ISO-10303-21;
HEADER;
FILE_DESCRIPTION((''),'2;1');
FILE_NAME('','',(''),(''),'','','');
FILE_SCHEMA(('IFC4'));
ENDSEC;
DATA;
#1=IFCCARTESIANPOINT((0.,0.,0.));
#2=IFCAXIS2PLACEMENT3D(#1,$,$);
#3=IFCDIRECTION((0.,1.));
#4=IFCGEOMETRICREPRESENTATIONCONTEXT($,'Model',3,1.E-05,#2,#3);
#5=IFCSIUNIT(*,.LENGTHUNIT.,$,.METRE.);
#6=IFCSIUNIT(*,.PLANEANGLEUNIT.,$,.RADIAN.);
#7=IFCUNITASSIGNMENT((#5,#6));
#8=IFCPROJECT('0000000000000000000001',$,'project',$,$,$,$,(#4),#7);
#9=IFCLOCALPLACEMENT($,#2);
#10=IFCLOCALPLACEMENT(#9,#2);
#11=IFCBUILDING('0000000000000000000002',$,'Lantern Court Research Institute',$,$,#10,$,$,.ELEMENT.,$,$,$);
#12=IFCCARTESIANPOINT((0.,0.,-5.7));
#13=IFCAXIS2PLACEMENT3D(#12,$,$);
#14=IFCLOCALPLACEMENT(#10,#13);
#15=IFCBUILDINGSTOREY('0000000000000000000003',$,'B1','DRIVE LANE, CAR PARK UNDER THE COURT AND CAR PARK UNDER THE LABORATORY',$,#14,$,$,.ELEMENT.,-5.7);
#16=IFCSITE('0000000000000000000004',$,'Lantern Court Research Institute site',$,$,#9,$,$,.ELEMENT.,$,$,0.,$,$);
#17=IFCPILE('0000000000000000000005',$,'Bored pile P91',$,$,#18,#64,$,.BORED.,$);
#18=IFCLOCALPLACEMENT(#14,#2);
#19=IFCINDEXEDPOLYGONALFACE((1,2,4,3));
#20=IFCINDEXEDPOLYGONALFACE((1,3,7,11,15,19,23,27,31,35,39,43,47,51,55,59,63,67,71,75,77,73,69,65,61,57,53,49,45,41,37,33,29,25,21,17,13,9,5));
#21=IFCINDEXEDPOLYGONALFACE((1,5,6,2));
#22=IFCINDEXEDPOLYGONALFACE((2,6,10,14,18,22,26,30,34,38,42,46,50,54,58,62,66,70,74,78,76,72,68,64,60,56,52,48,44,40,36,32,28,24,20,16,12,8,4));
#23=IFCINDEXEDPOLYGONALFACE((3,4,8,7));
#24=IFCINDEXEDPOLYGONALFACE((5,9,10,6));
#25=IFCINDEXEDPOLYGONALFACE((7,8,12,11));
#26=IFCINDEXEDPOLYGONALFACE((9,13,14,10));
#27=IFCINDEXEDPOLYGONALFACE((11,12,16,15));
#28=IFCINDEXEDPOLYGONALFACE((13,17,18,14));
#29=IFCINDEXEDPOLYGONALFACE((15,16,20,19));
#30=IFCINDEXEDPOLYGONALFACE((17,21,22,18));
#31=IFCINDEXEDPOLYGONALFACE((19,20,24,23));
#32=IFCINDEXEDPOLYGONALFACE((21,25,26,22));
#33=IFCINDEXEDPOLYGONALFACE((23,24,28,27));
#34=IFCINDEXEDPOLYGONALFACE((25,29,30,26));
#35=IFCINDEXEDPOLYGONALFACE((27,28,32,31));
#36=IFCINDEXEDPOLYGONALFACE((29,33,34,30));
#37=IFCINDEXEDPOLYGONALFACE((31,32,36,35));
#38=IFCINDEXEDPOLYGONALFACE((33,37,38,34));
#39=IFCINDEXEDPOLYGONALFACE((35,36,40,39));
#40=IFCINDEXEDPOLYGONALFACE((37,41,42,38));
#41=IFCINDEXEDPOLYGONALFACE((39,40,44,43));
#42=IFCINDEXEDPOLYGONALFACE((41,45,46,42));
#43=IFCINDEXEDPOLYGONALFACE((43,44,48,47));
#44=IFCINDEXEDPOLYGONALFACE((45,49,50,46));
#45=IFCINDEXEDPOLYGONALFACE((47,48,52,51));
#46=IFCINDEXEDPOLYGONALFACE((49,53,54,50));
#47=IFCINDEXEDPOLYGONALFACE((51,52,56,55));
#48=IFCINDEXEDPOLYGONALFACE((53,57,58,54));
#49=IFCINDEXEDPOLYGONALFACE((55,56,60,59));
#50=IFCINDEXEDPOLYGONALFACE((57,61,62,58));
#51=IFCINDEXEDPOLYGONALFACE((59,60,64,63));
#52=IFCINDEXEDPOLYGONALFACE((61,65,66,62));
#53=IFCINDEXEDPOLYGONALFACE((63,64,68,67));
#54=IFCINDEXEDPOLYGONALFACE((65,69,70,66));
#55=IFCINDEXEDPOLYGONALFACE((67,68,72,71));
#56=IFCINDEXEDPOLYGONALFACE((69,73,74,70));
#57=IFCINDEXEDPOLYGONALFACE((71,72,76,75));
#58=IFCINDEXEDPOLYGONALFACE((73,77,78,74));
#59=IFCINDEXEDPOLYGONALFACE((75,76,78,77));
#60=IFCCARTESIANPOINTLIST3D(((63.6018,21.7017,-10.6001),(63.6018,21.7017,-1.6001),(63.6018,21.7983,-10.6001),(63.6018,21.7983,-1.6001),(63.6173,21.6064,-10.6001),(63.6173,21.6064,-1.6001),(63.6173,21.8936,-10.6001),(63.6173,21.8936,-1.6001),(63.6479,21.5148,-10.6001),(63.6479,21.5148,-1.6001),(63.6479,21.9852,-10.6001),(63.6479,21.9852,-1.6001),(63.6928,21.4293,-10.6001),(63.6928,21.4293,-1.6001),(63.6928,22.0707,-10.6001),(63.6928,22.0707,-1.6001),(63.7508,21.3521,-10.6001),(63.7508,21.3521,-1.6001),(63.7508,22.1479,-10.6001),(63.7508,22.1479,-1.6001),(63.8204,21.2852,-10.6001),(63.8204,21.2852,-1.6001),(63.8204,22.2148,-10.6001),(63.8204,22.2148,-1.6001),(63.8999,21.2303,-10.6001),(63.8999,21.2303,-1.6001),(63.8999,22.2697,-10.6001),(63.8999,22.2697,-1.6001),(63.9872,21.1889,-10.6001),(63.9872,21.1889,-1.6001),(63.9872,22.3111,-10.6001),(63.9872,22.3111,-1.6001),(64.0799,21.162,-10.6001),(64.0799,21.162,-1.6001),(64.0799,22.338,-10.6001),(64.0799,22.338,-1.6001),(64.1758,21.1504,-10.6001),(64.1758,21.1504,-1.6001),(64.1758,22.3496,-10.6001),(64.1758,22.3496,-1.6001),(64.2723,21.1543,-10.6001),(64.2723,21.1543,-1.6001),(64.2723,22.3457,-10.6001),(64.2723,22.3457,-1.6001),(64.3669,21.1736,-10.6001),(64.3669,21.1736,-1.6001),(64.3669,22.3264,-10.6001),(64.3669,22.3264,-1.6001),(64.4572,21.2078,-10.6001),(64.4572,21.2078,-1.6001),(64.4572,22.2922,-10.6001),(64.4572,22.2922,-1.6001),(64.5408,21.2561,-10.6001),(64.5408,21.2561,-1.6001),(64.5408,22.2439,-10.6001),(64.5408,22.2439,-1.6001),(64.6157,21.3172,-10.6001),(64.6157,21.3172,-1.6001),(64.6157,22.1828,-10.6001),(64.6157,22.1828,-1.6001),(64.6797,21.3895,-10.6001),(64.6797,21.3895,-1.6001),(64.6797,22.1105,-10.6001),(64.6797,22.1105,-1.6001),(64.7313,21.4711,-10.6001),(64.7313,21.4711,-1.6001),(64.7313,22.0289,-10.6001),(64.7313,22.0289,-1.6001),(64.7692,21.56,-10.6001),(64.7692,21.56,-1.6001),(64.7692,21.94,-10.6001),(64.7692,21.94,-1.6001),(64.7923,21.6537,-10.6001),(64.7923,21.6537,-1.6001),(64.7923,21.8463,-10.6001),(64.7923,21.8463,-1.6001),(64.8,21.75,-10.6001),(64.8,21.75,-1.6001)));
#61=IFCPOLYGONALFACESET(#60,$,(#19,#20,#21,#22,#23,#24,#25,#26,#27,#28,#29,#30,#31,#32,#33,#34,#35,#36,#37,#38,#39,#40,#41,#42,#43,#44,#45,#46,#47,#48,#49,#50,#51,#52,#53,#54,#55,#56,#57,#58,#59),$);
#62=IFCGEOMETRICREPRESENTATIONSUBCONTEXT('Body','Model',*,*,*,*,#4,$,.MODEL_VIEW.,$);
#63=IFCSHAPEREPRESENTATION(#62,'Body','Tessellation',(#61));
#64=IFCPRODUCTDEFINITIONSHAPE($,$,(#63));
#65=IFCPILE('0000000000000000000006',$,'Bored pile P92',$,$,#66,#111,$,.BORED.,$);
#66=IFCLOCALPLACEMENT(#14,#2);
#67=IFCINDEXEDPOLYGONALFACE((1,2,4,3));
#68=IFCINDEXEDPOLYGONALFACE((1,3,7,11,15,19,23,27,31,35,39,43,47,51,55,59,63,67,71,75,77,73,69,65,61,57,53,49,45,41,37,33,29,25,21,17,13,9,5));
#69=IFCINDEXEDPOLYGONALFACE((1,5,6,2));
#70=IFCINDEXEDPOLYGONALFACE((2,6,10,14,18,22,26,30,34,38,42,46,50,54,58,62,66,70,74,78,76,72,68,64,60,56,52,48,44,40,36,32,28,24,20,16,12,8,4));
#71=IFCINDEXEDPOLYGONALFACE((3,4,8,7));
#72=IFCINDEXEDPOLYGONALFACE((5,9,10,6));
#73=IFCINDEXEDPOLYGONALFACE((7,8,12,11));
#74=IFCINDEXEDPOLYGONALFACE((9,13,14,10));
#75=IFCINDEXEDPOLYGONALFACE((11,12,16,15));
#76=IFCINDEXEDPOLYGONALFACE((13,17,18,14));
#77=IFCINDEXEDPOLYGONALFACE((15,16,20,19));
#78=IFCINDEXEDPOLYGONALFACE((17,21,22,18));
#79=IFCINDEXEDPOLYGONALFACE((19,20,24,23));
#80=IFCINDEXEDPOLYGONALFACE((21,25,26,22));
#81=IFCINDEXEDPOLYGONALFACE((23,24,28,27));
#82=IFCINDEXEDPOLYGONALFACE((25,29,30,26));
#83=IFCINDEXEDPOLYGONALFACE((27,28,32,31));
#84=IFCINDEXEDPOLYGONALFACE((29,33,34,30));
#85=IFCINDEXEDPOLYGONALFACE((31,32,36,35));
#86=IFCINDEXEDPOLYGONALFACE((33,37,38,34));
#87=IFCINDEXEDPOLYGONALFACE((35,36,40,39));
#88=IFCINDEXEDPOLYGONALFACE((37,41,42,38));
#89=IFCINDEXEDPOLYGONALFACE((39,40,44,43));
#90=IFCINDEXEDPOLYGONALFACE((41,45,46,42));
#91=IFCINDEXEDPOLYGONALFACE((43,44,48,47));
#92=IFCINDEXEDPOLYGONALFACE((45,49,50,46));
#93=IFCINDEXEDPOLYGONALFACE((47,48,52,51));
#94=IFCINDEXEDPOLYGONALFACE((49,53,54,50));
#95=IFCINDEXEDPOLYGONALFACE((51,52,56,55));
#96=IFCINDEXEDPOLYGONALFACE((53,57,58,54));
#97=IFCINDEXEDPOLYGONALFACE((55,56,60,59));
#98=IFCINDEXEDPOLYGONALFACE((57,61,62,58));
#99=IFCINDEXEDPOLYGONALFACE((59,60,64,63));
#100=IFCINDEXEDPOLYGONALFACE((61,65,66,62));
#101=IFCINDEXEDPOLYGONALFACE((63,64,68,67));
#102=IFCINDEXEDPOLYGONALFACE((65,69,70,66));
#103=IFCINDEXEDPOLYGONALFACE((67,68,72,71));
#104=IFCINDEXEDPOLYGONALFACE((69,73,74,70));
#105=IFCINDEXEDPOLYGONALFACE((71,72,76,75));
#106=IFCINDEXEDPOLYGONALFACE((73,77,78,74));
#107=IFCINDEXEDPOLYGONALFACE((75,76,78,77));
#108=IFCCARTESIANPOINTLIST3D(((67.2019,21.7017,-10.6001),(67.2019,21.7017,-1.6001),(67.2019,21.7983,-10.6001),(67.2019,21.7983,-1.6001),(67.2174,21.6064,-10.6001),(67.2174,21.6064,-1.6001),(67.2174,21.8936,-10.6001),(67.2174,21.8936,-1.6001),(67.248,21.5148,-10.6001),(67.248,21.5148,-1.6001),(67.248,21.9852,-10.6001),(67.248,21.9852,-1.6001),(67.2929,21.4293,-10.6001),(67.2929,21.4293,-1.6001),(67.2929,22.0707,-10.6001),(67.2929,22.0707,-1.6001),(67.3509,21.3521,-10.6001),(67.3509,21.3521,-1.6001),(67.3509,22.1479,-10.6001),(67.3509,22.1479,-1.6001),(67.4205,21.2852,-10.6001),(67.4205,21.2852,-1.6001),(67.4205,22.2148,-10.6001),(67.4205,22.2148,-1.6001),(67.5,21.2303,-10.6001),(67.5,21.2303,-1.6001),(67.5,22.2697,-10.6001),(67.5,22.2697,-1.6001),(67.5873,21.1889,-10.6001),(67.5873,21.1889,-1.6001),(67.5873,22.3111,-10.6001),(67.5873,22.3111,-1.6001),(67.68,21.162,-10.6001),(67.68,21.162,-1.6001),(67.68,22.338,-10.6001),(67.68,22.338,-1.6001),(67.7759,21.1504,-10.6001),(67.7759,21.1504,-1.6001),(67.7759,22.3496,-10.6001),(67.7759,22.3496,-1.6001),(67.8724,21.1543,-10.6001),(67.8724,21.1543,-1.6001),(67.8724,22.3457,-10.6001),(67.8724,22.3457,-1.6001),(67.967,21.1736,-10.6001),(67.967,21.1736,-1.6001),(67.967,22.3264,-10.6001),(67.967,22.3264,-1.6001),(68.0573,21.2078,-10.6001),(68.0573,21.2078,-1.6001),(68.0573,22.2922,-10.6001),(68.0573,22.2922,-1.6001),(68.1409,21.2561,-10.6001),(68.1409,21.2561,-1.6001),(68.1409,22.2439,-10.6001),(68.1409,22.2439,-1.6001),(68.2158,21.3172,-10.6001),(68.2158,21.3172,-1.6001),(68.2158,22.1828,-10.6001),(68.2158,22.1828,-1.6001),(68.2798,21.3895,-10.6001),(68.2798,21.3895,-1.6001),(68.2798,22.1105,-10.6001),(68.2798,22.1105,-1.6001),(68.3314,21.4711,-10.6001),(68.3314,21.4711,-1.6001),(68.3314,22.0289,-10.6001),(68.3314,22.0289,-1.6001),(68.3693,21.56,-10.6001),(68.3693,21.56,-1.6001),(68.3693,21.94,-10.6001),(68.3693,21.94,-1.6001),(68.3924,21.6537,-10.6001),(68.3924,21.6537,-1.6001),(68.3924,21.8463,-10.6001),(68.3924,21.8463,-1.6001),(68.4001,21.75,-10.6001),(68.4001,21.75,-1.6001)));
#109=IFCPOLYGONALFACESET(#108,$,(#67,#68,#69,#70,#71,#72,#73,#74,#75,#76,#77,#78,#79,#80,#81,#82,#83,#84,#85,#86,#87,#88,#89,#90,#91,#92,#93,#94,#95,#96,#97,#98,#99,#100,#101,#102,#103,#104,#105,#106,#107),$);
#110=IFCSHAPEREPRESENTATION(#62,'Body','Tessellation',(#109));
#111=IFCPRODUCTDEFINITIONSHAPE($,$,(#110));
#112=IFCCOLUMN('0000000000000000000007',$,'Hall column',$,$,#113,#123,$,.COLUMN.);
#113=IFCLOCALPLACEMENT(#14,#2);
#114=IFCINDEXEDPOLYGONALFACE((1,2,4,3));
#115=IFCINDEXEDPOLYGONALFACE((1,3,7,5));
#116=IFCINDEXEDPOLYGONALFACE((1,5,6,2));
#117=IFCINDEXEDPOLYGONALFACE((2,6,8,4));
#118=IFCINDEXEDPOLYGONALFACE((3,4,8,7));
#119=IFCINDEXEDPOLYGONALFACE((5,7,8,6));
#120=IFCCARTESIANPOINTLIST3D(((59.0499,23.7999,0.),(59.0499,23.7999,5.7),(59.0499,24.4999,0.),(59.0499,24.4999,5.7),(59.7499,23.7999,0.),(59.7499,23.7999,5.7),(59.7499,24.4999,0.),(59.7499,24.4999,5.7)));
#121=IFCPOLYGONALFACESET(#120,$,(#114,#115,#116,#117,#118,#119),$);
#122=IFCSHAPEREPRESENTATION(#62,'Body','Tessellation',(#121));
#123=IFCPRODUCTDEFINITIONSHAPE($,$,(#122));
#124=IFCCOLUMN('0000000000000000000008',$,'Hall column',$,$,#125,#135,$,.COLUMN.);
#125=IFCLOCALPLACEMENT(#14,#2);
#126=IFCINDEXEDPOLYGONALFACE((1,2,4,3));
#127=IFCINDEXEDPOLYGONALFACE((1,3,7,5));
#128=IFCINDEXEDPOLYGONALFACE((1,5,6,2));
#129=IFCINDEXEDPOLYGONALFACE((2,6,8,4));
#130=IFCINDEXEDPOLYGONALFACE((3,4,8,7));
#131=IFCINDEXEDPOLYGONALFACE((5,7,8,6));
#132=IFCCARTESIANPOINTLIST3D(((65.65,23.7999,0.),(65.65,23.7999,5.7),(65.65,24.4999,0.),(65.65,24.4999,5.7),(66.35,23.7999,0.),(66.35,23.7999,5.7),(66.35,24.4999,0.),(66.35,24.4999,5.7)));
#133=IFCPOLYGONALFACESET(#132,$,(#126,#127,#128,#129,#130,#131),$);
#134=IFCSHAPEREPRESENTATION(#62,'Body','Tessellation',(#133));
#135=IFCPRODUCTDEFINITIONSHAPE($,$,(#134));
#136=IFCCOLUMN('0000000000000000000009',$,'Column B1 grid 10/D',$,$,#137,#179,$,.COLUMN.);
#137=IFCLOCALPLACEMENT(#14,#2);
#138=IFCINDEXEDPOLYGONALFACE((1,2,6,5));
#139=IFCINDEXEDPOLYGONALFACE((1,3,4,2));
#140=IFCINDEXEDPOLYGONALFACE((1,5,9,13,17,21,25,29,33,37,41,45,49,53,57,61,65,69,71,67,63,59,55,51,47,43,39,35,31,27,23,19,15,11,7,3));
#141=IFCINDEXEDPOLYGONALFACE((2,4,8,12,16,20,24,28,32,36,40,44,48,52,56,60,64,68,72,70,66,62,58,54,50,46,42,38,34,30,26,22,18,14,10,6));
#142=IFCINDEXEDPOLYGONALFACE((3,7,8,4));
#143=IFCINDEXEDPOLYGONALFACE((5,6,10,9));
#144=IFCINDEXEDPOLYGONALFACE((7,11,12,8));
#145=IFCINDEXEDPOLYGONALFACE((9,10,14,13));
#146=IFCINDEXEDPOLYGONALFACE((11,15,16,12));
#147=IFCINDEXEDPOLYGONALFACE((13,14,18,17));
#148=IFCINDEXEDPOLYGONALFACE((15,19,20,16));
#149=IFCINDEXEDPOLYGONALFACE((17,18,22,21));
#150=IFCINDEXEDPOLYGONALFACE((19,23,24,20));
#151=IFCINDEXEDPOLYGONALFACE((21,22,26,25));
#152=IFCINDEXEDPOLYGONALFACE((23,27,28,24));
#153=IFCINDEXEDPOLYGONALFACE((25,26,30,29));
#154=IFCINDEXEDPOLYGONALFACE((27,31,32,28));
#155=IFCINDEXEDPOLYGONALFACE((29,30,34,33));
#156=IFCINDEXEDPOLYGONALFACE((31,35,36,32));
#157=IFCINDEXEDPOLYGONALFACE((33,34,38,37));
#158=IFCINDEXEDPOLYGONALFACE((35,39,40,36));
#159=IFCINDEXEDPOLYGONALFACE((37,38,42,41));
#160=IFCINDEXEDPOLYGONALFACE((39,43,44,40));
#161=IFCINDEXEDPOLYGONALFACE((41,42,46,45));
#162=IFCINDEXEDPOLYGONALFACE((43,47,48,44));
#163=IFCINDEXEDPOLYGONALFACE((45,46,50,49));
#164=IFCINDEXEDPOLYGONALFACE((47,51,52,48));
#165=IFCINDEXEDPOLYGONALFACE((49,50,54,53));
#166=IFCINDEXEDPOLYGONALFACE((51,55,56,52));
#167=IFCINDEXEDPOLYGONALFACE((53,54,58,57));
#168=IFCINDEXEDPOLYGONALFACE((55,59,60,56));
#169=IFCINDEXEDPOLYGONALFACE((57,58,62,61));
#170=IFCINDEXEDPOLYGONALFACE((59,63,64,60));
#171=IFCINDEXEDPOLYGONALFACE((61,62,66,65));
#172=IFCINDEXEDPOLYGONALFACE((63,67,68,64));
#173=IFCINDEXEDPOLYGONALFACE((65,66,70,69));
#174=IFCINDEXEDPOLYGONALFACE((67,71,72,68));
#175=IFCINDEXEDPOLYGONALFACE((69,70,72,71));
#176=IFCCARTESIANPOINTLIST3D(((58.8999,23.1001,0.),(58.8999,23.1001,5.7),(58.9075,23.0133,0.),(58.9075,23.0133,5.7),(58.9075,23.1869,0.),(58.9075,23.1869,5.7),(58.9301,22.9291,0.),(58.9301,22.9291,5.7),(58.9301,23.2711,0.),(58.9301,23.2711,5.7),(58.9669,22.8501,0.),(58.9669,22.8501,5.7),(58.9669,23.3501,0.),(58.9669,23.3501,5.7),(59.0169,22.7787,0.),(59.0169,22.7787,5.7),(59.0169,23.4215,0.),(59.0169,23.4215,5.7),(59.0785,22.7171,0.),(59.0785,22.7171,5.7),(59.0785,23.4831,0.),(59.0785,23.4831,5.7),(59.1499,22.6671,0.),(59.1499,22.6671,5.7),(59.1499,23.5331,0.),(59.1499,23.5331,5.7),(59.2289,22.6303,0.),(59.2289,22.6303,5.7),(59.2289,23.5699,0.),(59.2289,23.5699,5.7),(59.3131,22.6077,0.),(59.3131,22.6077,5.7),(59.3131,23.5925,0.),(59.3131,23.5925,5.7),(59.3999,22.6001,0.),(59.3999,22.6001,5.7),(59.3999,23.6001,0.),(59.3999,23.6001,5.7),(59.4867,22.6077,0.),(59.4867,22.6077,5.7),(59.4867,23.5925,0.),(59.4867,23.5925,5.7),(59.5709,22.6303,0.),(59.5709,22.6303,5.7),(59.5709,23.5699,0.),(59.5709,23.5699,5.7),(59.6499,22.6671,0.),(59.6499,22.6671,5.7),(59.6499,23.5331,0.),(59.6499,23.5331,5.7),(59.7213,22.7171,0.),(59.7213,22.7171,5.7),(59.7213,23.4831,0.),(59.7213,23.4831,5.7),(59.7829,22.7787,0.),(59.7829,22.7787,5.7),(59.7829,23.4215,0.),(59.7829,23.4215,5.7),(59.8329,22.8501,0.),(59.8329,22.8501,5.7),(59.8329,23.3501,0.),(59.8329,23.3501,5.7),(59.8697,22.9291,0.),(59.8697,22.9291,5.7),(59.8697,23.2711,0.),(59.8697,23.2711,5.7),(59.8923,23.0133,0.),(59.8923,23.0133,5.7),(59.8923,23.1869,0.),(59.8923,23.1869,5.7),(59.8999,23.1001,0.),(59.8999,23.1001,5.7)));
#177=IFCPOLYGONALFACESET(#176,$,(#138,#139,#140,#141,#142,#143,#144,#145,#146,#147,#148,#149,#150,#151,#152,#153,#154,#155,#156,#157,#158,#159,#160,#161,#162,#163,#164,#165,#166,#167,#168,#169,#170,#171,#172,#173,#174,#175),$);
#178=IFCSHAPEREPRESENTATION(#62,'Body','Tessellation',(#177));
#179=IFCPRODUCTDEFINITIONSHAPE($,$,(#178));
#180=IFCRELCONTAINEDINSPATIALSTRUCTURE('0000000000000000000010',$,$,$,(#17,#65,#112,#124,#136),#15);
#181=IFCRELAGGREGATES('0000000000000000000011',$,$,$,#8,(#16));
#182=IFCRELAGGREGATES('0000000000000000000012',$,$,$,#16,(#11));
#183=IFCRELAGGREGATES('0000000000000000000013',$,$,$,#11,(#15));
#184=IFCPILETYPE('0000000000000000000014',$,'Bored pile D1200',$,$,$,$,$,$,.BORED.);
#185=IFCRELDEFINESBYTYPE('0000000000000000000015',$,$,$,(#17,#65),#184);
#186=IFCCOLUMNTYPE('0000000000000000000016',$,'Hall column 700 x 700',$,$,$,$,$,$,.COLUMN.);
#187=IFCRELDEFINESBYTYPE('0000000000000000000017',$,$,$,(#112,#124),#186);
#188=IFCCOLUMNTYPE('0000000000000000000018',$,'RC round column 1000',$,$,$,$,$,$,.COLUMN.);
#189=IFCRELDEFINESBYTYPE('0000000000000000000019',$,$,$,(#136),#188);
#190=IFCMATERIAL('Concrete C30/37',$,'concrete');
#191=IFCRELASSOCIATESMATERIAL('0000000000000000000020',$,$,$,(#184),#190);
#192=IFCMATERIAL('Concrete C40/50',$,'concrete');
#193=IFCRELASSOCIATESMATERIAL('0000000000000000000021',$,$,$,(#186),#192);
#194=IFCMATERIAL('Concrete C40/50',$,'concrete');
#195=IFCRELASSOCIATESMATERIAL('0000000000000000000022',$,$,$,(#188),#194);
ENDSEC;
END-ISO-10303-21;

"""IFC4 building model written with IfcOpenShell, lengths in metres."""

from ifc_helpers import new_model, si_unit, direction, frame, origin, origin_2d, place, context, subcontext, project, spatial, rectangle, circle, extrude, material, material_profile, profile_set, type_object, element, save


model = new_model("IFC4")

# Units and contexts
model_context = context("Model", 3, precision=1e-05, world=origin(), true_north=direction((0.0, 1.0)))
body_context = subcontext(model_context, "Body", "Model", "MODEL_VIEW")
ifc_project = project(units=[si_unit("LENGTHUNIT", "METRE"), si_unit("PLANEANGLEUNIT", "RADIAN")], contexts=[model_context])

# Site, building, storey
site_placement = place(None, origin())
site = spatial("IfcSite", under=ifc_project, at=site_placement, Name="Lantern Court Research Institute site", CompositionType="ELEMENT", RefElevation=0.0)
building_placement = place(site_placement, origin())
building = spatial("IfcBuilding", under=site, at=building_placement, Name="Lantern Court Research Institute", CompositionType="ELEMENT")
storey_placement = place(building_placement, frame((0.0, 0.0, -5.7)))
storey = spatial("IfcBuildingStorey", under=building, at=storey_placement, Name="B1", Description="DRIVE LANE, CAR PARK UNDER THE COURT AND CAR PARK UNDER THE LABORATORY", CompositionType="ELEMENT", Elevation=-5.7)

# Piles
ifc_material_1 = material(Name="Concrete C30/37", Category="concrete")
ifc_material_profile_1 = material_profile(ifc_material_1, circle(Radius=0.6001, at=origin_2d()), Name="Bored pile D1200")
ifc_profile_set_1 = profile_set([ifc_material_profile_1], Name="Concrete C30/37")
pile_type_1 = type_object("IfcPileType", Name="Bored pile D1200", PredefinedType="BORED", material=ifc_profile_set_1)
for number, where, z_axis, x_axis, name in (
    (1, (64.2, 21.75, -1.6001), (0.0, 0.0, -1.0), (1.0, 0.0, 0.0), "Bored pile P91"),
    (2, (67.8, 21.75, -1.6001), (0.0, 0.0, -1.0), (1.0, 0.0, 0.0), "Bored pile P92"),
):
    element("IfcPile", number, at=place(storey_placement, frame(where, z_axis=z_axis, x_axis=x_axis)), inside=storey, type_object=pile_type_1, Name=name, PredefinedType="BORED", context=body_context, shape_type="SweptSolid", body=[
        extrude(circle(Radius=0.6001, at=origin_2d()), origin(), (0.0, 0.0, 1.0), 9.0),
    ])

# Columns
ifc_material_2 = material(Name="Concrete C40/50", Category="concrete")
ifc_material_profile_2 = material_profile(ifc_material_2, rectangle(XDim=0.7, YDim=0.7, at=origin_2d()), Name="Hall column 700 x 700")
ifc_profile_set_2 = profile_set([ifc_material_profile_2], Name="Concrete C40/50")
column_type_1 = type_object("IfcColumnType", Name="Hall column 700 x 700", PredefinedType="COLUMN", material=ifc_profile_set_2)
for number, where, z_axis, x_axis, name in (
    (3, (59.3999, 24.1499, 0.0), (0.0, 0.0, 1.0), (1.0, 0.0, 0.0), "Hall column"),
    (4, (66.0, 24.1499, 0.0), (0.0, 0.0, 1.0), (1.0, 0.0, 0.0), "Hall column"),
):
    element("IfcColumn", number, at=place(storey_placement, frame(where, z_axis=z_axis, x_axis=x_axis)), inside=storey, type_object=column_type_1, Name=name, PredefinedType="COLUMN", context=body_context, shape_type="SweptSolid", body=[
        extrude(rectangle(XDim=0.7, YDim=0.7, at=origin_2d()), origin(), (0.0, 0.0, 1.0), 5.7),
    ])
ifc_material_3 = material(Name="Concrete C40/50", Category="concrete")
ifc_material_profile_3 = material_profile(ifc_material_3, circle(Radius=0.5, at=origin_2d()), Name="RC round column 1000")
ifc_profile_set_3 = profile_set([ifc_material_profile_3], Name="Concrete C40/50")
column_type_2 = type_object("IfcColumnType", Name="RC round column 1000", PredefinedType="COLUMN", material=ifc_profile_set_3)
for number, where, z_axis, x_axis, name in (
    (5, (59.3999, 23.1001, 0.0), (0.0, 0.0, 1.0), (1.0, 0.0, 0.0), "Column B1 grid 10/D"),
):
    element("IfcColumn", number, at=place(storey_placement, frame(where, z_axis=z_axis, x_axis=x_axis)), inside=storey, type_object=column_type_2, Name=name, PredefinedType="COLUMN", context=body_context, shape_type="SweptSolid", body=[
        extrude(circle(Radius=0.5, at=origin_2d()), origin(), (0.0, 0.0, 1.0), 5.7),
    ])

save(model, "model.ifc")
